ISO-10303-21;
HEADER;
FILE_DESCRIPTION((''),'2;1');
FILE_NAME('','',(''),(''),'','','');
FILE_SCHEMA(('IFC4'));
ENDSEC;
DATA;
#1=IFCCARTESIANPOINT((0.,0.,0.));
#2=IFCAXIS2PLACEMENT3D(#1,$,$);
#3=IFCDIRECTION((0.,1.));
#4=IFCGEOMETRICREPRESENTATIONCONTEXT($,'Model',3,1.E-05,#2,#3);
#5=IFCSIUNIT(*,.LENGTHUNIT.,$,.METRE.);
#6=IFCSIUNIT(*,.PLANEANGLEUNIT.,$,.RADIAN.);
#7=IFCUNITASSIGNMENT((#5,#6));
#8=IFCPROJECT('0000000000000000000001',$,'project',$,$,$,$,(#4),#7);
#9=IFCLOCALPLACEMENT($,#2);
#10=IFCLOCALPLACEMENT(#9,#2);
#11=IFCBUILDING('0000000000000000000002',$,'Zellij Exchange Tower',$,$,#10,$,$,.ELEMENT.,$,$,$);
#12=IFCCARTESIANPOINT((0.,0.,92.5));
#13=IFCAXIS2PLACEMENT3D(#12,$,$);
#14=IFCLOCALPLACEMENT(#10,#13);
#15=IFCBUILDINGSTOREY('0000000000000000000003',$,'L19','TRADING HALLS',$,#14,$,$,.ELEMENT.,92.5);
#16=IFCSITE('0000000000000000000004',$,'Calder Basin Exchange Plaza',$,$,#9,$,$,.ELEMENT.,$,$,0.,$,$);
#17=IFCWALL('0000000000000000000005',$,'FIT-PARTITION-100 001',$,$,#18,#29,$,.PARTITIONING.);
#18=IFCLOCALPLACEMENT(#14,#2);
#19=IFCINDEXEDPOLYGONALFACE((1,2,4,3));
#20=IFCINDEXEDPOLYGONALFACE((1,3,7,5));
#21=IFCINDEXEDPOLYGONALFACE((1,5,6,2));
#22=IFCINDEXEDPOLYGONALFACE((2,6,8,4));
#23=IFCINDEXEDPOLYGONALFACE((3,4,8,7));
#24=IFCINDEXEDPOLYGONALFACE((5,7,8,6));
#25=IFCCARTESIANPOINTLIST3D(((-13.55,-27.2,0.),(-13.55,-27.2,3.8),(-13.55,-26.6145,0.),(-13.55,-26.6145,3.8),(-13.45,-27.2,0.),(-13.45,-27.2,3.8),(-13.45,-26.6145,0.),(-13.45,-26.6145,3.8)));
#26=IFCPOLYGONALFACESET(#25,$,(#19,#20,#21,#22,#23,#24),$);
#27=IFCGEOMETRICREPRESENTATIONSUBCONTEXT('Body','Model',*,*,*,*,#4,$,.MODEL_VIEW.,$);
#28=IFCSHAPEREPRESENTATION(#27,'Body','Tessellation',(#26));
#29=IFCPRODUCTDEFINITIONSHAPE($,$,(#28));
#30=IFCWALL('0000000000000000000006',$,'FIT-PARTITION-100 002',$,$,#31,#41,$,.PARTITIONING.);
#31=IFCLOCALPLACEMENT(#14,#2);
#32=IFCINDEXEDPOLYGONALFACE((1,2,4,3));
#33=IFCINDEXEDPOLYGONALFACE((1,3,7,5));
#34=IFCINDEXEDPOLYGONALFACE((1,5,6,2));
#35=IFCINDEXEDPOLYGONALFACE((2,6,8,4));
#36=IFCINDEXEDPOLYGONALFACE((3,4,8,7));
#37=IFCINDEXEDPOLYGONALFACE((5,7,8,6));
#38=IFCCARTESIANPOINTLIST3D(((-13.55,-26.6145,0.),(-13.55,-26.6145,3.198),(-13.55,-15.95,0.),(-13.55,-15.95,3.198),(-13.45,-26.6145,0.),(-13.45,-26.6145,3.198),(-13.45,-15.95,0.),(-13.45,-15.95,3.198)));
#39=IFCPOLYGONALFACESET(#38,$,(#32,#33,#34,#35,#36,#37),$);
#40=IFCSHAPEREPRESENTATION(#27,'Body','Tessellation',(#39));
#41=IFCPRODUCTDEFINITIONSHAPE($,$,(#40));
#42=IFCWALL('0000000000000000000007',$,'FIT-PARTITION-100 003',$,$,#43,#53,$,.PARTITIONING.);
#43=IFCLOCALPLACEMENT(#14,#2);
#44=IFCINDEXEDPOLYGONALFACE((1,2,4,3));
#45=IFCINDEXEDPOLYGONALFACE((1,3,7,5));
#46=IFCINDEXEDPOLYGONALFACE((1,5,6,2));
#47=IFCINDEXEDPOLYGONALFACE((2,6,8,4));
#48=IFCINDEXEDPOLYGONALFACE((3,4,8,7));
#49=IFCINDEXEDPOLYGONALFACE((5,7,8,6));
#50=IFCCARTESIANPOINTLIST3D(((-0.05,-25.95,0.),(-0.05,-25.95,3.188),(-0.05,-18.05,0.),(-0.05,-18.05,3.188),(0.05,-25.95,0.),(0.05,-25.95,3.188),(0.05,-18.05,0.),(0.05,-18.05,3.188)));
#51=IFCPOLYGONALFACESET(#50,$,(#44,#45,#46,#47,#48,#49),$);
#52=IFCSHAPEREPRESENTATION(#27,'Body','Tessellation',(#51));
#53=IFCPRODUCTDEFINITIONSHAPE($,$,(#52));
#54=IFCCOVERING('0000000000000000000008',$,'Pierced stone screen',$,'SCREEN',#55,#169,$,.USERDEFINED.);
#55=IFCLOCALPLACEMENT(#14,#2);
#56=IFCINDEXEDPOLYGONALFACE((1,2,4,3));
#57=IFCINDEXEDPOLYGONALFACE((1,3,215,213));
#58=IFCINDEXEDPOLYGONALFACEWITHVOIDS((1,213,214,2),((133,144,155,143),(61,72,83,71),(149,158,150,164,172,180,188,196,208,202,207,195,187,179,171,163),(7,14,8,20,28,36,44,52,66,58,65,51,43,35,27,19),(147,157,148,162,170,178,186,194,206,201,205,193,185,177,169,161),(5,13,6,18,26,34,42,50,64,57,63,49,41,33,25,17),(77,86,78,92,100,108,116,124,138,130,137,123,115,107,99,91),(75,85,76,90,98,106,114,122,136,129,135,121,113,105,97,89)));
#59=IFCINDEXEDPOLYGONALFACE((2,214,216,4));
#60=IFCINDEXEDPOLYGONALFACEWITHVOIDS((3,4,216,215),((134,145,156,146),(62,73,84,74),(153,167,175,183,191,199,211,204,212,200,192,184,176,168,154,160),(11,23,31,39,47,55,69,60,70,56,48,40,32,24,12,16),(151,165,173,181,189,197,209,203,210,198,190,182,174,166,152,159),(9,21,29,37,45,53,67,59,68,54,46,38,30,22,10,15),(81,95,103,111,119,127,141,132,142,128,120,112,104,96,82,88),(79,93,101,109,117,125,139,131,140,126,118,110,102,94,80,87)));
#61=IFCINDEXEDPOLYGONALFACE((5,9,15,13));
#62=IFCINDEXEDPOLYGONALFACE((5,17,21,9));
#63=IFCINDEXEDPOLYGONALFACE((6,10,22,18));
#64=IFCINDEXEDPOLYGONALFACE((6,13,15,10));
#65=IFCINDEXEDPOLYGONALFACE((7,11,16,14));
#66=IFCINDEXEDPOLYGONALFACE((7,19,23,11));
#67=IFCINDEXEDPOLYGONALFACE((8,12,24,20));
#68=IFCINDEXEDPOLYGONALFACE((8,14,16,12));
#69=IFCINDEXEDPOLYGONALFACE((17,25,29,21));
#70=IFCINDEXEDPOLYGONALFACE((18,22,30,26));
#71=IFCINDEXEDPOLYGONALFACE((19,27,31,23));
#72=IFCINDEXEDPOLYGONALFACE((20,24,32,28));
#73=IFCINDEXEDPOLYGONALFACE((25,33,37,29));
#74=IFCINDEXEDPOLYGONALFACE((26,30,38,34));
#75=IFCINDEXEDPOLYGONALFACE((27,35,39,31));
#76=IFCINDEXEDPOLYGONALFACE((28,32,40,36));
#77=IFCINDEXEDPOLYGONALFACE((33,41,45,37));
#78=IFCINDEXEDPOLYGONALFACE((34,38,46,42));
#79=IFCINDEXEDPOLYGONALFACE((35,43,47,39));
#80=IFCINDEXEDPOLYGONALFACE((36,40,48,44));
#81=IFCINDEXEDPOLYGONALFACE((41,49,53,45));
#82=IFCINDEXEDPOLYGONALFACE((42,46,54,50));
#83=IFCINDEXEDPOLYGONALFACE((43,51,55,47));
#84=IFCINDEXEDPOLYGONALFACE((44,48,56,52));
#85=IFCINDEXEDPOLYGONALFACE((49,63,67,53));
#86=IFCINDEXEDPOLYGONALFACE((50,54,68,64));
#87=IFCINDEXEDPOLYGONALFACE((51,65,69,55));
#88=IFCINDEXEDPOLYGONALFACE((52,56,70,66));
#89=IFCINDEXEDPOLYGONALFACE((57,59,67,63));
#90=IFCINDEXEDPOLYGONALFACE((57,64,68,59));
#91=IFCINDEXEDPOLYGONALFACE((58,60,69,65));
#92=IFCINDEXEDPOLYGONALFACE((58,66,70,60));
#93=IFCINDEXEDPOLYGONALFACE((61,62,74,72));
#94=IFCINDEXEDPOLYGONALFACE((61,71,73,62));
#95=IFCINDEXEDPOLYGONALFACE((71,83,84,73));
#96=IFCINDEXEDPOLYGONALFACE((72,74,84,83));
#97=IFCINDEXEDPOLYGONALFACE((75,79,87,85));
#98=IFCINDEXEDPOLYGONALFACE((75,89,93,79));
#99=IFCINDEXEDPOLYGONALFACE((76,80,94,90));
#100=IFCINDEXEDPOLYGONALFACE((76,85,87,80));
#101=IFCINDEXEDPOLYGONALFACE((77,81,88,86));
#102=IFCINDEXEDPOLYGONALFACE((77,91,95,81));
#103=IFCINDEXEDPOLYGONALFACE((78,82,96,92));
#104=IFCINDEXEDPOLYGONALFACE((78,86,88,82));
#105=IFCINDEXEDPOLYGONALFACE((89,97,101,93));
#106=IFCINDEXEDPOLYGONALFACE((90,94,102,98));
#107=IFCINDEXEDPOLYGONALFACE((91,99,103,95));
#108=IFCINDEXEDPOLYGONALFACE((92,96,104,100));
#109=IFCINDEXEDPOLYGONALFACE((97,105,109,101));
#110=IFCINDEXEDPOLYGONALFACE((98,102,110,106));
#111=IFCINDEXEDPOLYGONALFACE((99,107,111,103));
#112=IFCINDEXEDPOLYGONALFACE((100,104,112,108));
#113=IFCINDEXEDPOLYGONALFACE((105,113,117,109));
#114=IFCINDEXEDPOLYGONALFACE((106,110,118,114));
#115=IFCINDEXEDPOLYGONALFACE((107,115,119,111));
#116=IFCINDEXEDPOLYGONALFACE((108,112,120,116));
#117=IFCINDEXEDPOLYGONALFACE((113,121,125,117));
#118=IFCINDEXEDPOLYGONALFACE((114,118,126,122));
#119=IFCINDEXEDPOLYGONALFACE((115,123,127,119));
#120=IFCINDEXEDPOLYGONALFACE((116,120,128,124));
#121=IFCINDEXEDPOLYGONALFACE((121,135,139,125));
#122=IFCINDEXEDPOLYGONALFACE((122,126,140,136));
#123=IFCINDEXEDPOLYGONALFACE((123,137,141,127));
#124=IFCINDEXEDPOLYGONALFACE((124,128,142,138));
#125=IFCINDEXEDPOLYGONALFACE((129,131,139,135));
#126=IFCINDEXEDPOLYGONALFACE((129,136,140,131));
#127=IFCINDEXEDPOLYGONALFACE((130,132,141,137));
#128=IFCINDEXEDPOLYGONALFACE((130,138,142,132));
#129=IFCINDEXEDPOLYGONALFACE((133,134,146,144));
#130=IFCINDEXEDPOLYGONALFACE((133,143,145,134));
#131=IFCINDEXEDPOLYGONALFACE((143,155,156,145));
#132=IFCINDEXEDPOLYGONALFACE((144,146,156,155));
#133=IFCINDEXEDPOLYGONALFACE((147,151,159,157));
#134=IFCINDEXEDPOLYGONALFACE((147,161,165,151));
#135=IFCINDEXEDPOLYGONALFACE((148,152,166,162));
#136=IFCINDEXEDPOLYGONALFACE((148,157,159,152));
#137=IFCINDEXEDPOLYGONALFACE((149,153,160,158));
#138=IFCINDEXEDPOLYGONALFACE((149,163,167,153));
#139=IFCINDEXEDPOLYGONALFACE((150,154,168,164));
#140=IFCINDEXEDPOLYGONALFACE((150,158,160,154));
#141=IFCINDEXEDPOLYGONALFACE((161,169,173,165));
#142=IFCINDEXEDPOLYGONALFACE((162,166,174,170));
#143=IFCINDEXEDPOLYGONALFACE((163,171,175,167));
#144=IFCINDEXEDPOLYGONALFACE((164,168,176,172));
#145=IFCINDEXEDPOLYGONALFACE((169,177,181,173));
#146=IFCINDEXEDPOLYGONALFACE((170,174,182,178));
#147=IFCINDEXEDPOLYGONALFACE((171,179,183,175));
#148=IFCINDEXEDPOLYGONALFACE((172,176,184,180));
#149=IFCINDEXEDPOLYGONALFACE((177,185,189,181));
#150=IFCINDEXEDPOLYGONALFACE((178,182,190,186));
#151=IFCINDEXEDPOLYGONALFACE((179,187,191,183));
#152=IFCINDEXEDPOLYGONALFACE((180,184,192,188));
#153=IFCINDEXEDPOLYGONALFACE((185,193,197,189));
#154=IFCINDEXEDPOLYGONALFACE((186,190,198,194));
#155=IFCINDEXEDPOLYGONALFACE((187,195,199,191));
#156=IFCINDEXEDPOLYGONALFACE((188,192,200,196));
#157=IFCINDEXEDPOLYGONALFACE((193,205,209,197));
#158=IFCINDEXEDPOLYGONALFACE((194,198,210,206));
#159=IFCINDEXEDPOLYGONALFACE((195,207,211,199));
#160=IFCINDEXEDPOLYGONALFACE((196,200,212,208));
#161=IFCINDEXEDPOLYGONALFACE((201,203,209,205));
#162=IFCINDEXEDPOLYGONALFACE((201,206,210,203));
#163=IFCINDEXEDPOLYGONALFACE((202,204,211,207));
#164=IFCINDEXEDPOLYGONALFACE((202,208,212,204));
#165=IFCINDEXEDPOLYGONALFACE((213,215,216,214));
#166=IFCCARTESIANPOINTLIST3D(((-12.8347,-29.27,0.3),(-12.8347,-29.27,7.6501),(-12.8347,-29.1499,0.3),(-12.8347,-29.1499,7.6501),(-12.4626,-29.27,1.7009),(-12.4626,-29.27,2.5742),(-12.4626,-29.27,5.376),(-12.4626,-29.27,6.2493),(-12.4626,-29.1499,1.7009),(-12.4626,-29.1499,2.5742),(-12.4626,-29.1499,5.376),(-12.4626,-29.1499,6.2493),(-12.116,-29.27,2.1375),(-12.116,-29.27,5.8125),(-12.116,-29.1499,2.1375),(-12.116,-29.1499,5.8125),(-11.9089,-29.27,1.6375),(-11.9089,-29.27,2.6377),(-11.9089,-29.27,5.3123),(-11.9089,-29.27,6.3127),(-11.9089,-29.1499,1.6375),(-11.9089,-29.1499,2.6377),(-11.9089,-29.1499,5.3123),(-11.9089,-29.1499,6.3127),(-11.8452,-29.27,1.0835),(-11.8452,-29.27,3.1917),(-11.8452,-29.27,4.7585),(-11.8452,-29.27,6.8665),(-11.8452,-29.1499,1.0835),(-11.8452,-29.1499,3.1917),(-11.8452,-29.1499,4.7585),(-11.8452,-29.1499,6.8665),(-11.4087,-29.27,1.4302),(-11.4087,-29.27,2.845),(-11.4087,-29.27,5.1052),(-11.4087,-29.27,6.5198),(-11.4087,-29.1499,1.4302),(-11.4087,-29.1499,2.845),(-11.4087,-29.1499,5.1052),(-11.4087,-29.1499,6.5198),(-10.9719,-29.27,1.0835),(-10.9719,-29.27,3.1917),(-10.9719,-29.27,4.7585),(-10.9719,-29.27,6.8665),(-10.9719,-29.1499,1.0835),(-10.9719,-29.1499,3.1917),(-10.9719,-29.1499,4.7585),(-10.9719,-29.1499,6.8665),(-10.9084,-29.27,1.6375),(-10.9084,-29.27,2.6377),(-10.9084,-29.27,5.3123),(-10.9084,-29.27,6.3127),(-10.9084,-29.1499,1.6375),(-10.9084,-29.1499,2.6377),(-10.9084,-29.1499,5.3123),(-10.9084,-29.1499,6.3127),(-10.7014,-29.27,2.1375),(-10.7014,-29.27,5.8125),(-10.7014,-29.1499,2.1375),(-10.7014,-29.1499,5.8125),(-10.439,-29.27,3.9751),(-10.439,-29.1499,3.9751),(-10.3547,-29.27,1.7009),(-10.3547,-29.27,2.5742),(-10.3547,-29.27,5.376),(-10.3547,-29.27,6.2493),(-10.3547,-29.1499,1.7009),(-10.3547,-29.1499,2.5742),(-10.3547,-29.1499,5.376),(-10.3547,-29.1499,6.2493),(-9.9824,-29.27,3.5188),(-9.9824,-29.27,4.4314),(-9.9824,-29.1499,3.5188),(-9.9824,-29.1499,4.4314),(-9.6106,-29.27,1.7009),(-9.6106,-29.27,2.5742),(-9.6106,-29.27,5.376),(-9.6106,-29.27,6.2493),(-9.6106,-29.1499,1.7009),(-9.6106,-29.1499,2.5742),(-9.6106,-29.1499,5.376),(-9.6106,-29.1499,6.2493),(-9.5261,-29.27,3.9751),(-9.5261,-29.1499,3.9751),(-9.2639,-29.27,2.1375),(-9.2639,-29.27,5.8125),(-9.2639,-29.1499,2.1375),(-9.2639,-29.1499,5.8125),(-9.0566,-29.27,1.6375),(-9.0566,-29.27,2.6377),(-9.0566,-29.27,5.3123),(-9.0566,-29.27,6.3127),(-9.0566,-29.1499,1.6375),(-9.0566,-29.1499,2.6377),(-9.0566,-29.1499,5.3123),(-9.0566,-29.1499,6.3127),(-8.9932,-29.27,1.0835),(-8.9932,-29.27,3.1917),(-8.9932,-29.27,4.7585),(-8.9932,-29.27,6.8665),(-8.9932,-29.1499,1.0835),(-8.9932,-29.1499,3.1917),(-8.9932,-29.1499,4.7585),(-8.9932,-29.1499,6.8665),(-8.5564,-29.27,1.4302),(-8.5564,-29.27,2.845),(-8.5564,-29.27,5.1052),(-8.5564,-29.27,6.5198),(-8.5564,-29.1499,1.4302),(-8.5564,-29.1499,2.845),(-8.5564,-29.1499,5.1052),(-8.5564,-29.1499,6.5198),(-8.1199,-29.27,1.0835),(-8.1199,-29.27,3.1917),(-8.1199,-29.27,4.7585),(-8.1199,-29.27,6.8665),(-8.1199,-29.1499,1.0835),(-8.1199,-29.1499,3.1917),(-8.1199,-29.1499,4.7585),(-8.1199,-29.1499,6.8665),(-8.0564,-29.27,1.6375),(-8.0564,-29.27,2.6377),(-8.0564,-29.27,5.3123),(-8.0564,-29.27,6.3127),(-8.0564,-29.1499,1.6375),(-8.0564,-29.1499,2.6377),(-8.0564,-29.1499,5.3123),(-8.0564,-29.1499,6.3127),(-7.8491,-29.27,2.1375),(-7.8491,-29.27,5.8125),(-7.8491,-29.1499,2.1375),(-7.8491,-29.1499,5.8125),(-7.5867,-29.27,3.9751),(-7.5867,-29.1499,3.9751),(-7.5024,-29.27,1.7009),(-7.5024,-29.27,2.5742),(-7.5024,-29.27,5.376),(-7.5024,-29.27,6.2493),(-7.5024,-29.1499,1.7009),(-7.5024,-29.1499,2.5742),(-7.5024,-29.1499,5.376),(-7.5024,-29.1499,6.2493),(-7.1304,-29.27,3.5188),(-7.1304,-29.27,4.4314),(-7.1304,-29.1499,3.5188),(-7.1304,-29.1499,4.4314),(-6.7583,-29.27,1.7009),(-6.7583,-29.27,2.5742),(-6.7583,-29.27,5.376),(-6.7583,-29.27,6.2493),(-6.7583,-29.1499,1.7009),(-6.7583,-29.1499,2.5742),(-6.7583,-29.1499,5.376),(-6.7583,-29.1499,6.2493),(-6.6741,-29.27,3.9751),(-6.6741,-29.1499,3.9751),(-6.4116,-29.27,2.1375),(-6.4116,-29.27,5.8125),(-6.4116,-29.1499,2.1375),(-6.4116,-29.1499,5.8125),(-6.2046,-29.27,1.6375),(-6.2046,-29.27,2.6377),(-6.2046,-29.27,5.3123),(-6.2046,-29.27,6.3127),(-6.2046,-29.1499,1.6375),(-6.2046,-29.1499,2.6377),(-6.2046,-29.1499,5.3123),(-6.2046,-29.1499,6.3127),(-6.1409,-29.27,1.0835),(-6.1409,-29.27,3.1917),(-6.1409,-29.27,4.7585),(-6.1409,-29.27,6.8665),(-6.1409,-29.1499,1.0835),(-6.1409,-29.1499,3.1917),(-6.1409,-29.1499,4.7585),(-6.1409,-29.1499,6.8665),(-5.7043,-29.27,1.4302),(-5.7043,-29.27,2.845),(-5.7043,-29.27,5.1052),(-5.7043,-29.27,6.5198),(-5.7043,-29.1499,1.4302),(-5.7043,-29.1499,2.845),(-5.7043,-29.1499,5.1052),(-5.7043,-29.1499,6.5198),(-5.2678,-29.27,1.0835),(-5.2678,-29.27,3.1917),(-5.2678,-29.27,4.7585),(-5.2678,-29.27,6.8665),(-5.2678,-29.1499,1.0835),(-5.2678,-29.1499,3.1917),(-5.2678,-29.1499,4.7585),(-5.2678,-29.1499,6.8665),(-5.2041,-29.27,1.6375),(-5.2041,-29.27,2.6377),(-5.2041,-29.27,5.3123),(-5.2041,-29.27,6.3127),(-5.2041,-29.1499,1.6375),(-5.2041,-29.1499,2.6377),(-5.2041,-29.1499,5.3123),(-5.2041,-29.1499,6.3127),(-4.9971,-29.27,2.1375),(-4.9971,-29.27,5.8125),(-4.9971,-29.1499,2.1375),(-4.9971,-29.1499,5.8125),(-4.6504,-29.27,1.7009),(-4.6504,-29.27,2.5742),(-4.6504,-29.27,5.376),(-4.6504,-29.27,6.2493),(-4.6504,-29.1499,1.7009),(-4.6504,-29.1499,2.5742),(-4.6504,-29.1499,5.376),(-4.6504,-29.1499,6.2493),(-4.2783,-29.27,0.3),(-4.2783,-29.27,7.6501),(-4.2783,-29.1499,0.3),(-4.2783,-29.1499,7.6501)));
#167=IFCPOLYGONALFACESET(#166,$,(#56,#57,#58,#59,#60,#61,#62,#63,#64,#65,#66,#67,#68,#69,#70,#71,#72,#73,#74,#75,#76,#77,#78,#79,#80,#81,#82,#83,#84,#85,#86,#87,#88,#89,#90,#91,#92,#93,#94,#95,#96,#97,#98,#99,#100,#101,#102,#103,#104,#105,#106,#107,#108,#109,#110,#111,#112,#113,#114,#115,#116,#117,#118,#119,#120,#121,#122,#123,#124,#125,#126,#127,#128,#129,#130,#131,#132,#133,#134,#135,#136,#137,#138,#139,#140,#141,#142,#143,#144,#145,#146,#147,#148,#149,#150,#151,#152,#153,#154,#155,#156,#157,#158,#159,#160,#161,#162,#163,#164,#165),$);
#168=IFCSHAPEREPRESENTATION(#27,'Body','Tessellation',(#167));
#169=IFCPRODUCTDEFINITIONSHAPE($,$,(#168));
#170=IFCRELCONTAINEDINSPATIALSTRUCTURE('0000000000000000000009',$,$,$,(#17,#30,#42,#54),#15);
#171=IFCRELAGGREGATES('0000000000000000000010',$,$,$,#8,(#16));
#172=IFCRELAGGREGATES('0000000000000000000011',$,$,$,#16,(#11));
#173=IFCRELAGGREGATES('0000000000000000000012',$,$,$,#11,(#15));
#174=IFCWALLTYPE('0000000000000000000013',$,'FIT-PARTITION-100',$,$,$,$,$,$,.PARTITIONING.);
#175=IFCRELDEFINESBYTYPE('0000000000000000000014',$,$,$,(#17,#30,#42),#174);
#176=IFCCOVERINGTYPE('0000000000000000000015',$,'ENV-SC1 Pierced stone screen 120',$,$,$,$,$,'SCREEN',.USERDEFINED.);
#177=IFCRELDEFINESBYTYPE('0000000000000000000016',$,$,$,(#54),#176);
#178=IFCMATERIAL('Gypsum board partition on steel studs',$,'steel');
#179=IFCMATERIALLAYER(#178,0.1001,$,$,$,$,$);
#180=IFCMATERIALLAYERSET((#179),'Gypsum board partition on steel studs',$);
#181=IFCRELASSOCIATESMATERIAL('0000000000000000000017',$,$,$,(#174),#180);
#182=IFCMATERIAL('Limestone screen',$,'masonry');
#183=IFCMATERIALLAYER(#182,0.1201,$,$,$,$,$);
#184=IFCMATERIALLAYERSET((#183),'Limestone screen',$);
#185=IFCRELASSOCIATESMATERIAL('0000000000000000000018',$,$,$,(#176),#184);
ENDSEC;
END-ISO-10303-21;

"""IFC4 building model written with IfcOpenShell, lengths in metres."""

from ifc_helpers import new_model, si_unit, direction, frame, frame_2d, origin, place, context, subcontext, project, spatial, polyline, rectangle, outline, extrude, material, layer, layer_set, type_object, element, save


model = new_model("IFC4")

# Units and contexts
model_context = context("Model", 3, precision=1e-05, world=origin(), true_north=direction((0.0, 1.0)))
body_context = subcontext(model_context, "Body", "Model", "MODEL_VIEW")
ifc_project = project(units=[si_unit("LENGTHUNIT", "METRE"), si_unit("PLANEANGLEUNIT", "RADIAN")], contexts=[model_context])

# Site, building, storey
site_placement = place(None, origin())
site = spatial("IfcSite", under=ifc_project, at=site_placement, Name="Calder Basin Exchange Plaza", CompositionType="ELEMENT", RefElevation=0.0)
building_placement = place(site_placement, origin())
building = spatial("IfcBuilding", under=site, at=building_placement, Name="Zellij Exchange Tower", CompositionType="ELEMENT")
storey_placement = place(building_placement, frame((0.0, 0.0, 92.5)))
storey = spatial("IfcBuildingStorey", under=building, at=storey_placement, Name="L19", Description="TRADING HALLS", CompositionType="ELEMENT", Elevation=92.5)

# Walls
ifc_material_1 = material(Name="Gypsum board partition on steel studs", Category="steel")
ifc_layer_1 = layer(ifc_material_1, 0.1001)
ifc_layer_set_1 = layer_set([ifc_layer_1], Name="Gypsum board partition on steel studs")
wall_type = type_object("IfcWallType", Name="FIT-PARTITION-100", PredefinedType="PARTITIONING", material=ifc_layer_set_1)
wall_1_placement = place(storey_placement, frame((-13.5, -27.2, 0.0), z_axis=(0.0, 0.0, 1.0), x_axis=(0.0, 1.0, 0.0)))
element("IfcWall", 1, at=wall_1_placement, inside=storey, type_object=wall_type, Name="FIT-PARTITION-100 001", PredefinedType="PARTITIONING", context=body_context, shape_type="SweptSolid", body=[
    extrude(rectangle(XDim=0.5854, YDim=0.1001, at=frame_2d((0.2927, 0.0))), origin(), (0.0, 0.0, 1.0), 3.8),
])
wall_2_placement = place(storey_placement, frame((-13.5, -26.6145, 0.0), z_axis=(0.0, 0.0, 1.0), x_axis=(0.0, 1.0, 0.0)))
element("IfcWall", 2, at=wall_2_placement, inside=storey, type_object=wall_type, Name="FIT-PARTITION-100 002", PredefinedType="PARTITIONING", context=body_context, shape_type="SweptSolid", body=[
    extrude(rectangle(XDim=10.6646, YDim=0.1001, at=frame_2d((5.3323, 0.0))), origin(), (0.0, 0.0, 1.0), 3.198),
])
wall_3_placement = place(storey_placement, frame((0.0, -25.95, 0.0), z_axis=(0.0, 0.0, 1.0), x_axis=(0.0, 1.0, 0.0)))
element("IfcWall", 3, at=wall_3_placement, inside=storey, type_object=wall_type, Name="FIT-PARTITION-100 003", PredefinedType="PARTITIONING", context=body_context, shape_type="SweptSolid", body=[
    extrude(rectangle(XDim=7.8999, YDim=0.1001, at=frame_2d((3.95, 0.0))), origin(), (0.0, 0.0, 1.0), 3.188),
])

# Covering
ifc_material_2 = material(Name="Limestone screen", Category="masonry")
ifc_layer_2 = layer(ifc_material_2, 0.1201)
ifc_layer_set_2 = layer_set([ifc_layer_2], Name="Limestone screen")
covering_type = type_object("IfcCoveringType", Name="ENV-SC1 Pierced stone screen 120", ElementType="SCREEN", PredefinedType="USERDEFINED", material=ifc_layer_set_2)
covering_1_placement = place(storey_placement, frame((-12.8347, -29.21, 0.3), z_axis=(0.0, 0.0, 1.0), x_axis=(1.0, 0.0, 0.0)))
element("IfcCovering", 4, at=covering_1_placement, inside=storey, type_object=covering_type, Name="Pierced stone screen", ObjectType="SCREEN", PredefinedType="USERDEFINED", context=body_context, shape_type="SweptSolid", body=[
    extrude(outline(polyline([(0.0, 0.0), (8.5564, 0.0), (8.5564, 7.3501), (0.0, 7.3501), (0.0, 0.0)]), holes=[polyline([(2.48, 2.2742), (1.9263, 2.3376), (1.8628, 2.8916), (1.426, 2.5449), (0.9895, 2.8916), (0.9258, 2.3376), (0.3721, 2.2742), (0.7188, 1.8374), (0.3721, 1.4009), (0.9258, 1.3374), (0.9895, 0.7834), (1.426, 1.1301), (1.8628, 0.7834), (1.9263, 1.3374), (2.48, 1.4009), (2.1333, 1.8374), (2.48, 2.2742)]), polyline([(2.48, 5.9492), (1.9263, 6.0127), (1.8628, 6.5664), (1.426, 6.2197), (0.9895, 6.5664), (0.9258, 6.0127), (0.3721, 5.9492), (0.7188, 5.5125), (0.3721, 5.0759), (0.9258, 5.0122), (0.9895, 4.4585), (1.426, 4.8052), (1.8628, 4.4585), (1.9263, 5.0122), (2.48, 5.0759), (2.1333, 5.5125), (2.48, 5.9492)]), polyline([(5.3323, 2.2742), (4.7783, 2.3376), (4.7148, 2.8916), (4.2783, 2.5449), (3.8416, 2.8916), (3.7781, 2.3376), (3.2241, 2.2742), (3.5708, 1.8374), (3.2241, 1.4009), (3.7781, 1.3374), (3.8416, 0.7834), (4.2783, 1.1301), (4.7148, 0.7834), (4.7783, 1.3374), (5.3323, 1.4009), (4.9856, 1.8374), (5.3323, 2.2742)]), polyline([(5.3323, 5.9492), (4.7783, 6.0127), (4.7148, 6.5664), (4.2783, 6.2197), (3.8416, 6.5664), (3.7781, 6.0127), (3.2241, 5.9492), (3.5708, 5.5125), (3.2241, 5.0759), (3.7781, 5.0122), (3.8416, 4.4585), (4.2783, 4.8052), (4.7148, 4.4585), (4.7783, 5.0122), (5.3323, 5.0759), (4.9856, 5.5125), (5.3323, 5.9492)]), polyline([(8.1843, 2.2742), (7.6306, 2.3376), (7.5669, 2.8916), (7.1304, 2.5449), (6.6938, 2.8916), (6.6301, 2.3376), (6.0764, 2.2742), (6.4231, 1.8374), (6.0764, 1.4009), (6.6301, 1.3374), (6.6938, 0.7834), (7.1304, 1.1301), (7.5669, 0.7834), (7.6306, 1.3374), (8.1843, 1.4009), (7.8376, 1.8374), (8.1843, 2.2742)]), polyline([(8.1843, 5.9492), (7.6306, 6.0127), (7.5669, 6.5664), (7.1304, 6.2197), (6.6938, 6.5664), (6.6301, 6.0127), (6.0764, 5.9492), (6.4231, 5.5125), (6.0764, 5.0759), (6.6301, 5.0122), (6.6938, 4.4585), (7.1304, 4.8052), (7.5669, 4.4585), (7.6306, 5.0122), (8.1843, 5.0759), (7.8376, 5.5125), (8.1843, 5.9492)]), polyline([(3.3086, 3.675), (2.8523, 4.1313), (2.3958, 3.675), (2.8523, 3.2188), (3.3086, 3.675)]), polyline([(6.1606, 3.675), (5.7043, 4.1313), (5.248, 3.675), (5.7043, 3.2188), (6.1606, 3.675)])]), frame((0.0, 0.0601, 0.0), z_axis=(0.0, -1.0, 0.0), x_axis=(1.0, 0.0, 0.0)), (0.0, 0.0, 1.0), 0.1201),
])

save(model, "model.ifc")
